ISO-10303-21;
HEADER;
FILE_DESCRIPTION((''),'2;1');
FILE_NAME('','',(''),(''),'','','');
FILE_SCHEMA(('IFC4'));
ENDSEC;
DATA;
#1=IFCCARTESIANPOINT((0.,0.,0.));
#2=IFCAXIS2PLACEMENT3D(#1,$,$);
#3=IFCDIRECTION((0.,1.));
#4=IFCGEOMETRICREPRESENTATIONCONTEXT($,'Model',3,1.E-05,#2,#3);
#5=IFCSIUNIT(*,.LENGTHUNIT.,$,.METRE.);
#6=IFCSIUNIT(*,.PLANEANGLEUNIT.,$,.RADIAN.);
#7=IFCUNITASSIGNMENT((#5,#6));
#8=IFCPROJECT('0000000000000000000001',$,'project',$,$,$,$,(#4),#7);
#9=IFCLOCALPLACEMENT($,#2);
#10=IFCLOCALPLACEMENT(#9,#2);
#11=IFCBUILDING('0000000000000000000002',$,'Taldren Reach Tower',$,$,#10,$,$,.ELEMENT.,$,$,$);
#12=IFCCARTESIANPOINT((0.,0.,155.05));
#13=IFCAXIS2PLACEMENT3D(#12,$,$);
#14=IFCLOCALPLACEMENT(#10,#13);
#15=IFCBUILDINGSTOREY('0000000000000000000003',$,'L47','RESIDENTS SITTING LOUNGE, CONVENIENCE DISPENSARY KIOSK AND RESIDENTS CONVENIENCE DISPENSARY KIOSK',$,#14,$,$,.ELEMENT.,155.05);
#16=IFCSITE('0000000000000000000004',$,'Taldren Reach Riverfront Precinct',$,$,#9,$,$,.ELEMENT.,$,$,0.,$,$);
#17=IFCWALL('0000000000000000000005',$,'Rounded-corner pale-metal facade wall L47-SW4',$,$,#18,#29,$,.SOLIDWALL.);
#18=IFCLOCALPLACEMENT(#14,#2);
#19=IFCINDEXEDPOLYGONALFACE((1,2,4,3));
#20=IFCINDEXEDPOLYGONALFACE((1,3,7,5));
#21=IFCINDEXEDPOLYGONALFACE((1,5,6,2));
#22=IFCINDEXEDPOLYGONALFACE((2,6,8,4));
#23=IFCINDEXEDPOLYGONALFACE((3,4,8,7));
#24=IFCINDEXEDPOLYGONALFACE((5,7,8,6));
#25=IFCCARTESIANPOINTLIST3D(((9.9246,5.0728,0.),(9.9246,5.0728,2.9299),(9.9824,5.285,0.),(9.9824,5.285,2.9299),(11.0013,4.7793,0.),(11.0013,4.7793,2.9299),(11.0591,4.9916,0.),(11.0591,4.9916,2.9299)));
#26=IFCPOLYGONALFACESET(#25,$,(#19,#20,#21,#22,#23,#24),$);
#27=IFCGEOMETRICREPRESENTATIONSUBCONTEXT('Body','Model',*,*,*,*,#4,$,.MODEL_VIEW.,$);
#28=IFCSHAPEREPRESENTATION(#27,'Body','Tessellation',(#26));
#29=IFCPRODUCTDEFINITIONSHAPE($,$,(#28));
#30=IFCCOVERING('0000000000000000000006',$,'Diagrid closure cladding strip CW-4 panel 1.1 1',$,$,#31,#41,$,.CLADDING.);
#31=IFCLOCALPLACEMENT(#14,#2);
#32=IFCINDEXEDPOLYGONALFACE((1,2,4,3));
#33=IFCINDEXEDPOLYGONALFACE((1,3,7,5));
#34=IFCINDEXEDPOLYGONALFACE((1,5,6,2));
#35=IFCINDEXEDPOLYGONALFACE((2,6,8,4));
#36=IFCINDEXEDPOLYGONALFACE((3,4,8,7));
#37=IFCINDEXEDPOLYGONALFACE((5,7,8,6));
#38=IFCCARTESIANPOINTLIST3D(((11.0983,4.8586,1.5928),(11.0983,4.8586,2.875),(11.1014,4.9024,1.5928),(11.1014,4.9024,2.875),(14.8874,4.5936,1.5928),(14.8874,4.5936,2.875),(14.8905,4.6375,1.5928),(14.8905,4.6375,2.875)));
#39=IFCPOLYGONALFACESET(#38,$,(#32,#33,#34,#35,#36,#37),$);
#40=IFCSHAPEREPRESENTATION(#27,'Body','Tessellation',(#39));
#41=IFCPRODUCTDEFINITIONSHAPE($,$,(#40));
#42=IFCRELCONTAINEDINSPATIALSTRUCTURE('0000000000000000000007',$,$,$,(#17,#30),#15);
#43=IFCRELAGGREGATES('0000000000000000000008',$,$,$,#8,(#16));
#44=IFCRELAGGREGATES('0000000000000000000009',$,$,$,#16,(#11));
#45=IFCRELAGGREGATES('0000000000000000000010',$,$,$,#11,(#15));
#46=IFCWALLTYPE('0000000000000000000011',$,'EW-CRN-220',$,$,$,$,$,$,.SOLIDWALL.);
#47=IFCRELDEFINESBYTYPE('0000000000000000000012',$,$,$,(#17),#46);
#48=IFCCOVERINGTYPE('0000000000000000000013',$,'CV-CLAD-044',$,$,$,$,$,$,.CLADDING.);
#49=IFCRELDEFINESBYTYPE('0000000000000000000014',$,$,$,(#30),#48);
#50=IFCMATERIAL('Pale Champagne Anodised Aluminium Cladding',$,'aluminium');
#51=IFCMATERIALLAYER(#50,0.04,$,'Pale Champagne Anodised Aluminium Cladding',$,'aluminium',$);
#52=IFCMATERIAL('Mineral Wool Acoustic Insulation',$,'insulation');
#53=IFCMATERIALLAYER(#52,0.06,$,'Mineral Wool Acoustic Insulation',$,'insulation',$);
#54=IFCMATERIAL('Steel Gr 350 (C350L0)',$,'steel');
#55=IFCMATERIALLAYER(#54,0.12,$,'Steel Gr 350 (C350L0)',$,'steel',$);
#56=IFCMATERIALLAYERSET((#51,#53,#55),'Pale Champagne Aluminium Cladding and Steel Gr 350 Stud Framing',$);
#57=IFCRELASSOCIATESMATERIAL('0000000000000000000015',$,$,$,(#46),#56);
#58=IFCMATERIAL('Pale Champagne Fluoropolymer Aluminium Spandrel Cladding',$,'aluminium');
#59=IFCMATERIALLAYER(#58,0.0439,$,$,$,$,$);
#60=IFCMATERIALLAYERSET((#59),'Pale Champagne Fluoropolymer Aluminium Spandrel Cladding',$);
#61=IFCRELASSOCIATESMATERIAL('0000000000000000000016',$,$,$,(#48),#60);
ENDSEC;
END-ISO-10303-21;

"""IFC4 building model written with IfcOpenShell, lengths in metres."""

from ifc_helpers import new_model, si_unit, direction, frame, frame_2d, origin, origin_2d, place, context, subcontext, project, spatial, rectangle, extrude, source, transform, mapped, material, layer, layer_set, type_object, element, save


model = new_model("IFC4")

# Units and contexts
model_context = context("Model", 3, precision=1e-05, world=origin(), true_north=direction((0.0, 1.0)))
body_context = subcontext(model_context, "Body", "Model", "MODEL_VIEW")
ifc_project = project(units=[si_unit("LENGTHUNIT", "METRE"), si_unit("PLANEANGLEUNIT", "RADIAN")], contexts=[model_context])

# Site, building, storey
site_placement = place(None, origin())
site = spatial("IfcSite", under=ifc_project, at=site_placement, Name="Taldren Reach Riverfront Precinct", CompositionType="ELEMENT", RefElevation=0.0)
building_placement = place(site_placement, origin())
building = spatial("IfcBuilding", under=site, at=building_placement, Name="Taldren Reach Tower", CompositionType="ELEMENT")
storey_placement = place(building_placement, frame((0.0, 0.0, 155.05)))
storey = spatial("IfcBuildingStorey", under=building, at=storey_placement, Name="L47", Description="RESIDENTS SITTING LOUNGE, CONVENIENCE DISPENSARY KIOSK AND RESIDENTS CONVENIENCE DISPENSARY KIOSK", CompositionType="ELEMENT", Elevation=155.05)

# Shared definitions
ifc_material_1 = material(Name="Steel Gr 350 (C350L0)", Category="steel")

# Wall
ifc_material_2 = material(Name="Pale Champagne Anodised Aluminium Cladding", Category="aluminium")
ifc_layer_1 = layer(ifc_material_2, 0.04, Name="Pale Champagne Anodised Aluminium Cladding", Category="aluminium")
ifc_material_3 = material(Name="Mineral Wool Acoustic Insulation", Category="insulation")
ifc_layer_2 = layer(ifc_material_3, 0.06, Name="Mineral Wool Acoustic Insulation", Category="insulation")
ifc_layer_3 = layer(ifc_material_1, 0.12, Name="Steel Gr 350 (C350L0)", Category="steel")
ifc_layer_set_1 = layer_set([ifc_layer_1, ifc_layer_2, ifc_layer_3], Name="Pale Champagne Aluminium Cladding and Steel Gr 350 Stud Framing")
wall_type = type_object("IfcWallType", Name="EW-CRN-220", PredefinedType="SOLIDWALL", material=ifc_layer_set_1)
shared_shape_1 = source(origin(), body_context, "Body", "SweptSolid", [
    extrude(rectangle(XDim=1.116, YDim=0.22, at=frame_2d((0.5581, 0.0))), origin(), (0.0, 0.0, 1.0), 2.9299),
])
for number, where, z_axis, x_axis, name in (
    (1, (9.9534, 5.179, 0.0), (0.0, 0.0, 1.0), (0.964804, -0.262969, 0.0), "Rounded-corner pale-metal facade wall L47-SW4"),
):
    element("IfcWall", number, at=place(storey_placement, frame(where, z_axis=z_axis, x_axis=x_axis)), inside=storey, type_object=wall_type, Name=name, PredefinedType="SOLIDWALL", context=body_context, shape_type="MappedRepresentation", body=[
        mapped(shared_shape_1, transform((0.0, 0.0, 0.0), scale=1.0)),
    ])

# Covering
ifc_material_4 = material(Name="Pale Champagne Fluoropolymer Aluminium Spandrel Cladding", Category="aluminium")
ifc_layer_4 = layer(ifc_material_4, 0.0439)
ifc_layer_set_2 = layer_set([ifc_layer_4], Name="Pale Champagne Fluoropolymer Aluminium Spandrel Cladding")
covering_type = type_object("IfcCoveringType", Name="CV-CLAD-044", PredefinedType="CLADDING", material=ifc_layer_set_2)
shared_shape_2 = source(origin(), body_context, "Body", "SweptSolid", [
    extrude(rectangle(XDim=3.7983, YDim=0.0439, at=origin_2d()), origin(), (0.0, 0.0, 1.0), 1.2822),
])
covering_placement = place(storey_placement, frame((12.9944, 4.748, 1.5928), z_axis=(0.0, 0.0, 1.0), x_axis=(0.997564, -0.069757, 0.0)))
element("IfcCovering", 2, at=covering_placement, inside=storey, type_object=covering_type, Name="Diagrid closure cladding strip CW-4 panel 1.1 1", PredefinedType="CLADDING", context=body_context, shape_type="MappedRepresentation", body=[
    mapped(shared_shape_2, transform((0.0, 0.0, 0.0), scale=1.0)),
])

save(model, "model.ifc")
